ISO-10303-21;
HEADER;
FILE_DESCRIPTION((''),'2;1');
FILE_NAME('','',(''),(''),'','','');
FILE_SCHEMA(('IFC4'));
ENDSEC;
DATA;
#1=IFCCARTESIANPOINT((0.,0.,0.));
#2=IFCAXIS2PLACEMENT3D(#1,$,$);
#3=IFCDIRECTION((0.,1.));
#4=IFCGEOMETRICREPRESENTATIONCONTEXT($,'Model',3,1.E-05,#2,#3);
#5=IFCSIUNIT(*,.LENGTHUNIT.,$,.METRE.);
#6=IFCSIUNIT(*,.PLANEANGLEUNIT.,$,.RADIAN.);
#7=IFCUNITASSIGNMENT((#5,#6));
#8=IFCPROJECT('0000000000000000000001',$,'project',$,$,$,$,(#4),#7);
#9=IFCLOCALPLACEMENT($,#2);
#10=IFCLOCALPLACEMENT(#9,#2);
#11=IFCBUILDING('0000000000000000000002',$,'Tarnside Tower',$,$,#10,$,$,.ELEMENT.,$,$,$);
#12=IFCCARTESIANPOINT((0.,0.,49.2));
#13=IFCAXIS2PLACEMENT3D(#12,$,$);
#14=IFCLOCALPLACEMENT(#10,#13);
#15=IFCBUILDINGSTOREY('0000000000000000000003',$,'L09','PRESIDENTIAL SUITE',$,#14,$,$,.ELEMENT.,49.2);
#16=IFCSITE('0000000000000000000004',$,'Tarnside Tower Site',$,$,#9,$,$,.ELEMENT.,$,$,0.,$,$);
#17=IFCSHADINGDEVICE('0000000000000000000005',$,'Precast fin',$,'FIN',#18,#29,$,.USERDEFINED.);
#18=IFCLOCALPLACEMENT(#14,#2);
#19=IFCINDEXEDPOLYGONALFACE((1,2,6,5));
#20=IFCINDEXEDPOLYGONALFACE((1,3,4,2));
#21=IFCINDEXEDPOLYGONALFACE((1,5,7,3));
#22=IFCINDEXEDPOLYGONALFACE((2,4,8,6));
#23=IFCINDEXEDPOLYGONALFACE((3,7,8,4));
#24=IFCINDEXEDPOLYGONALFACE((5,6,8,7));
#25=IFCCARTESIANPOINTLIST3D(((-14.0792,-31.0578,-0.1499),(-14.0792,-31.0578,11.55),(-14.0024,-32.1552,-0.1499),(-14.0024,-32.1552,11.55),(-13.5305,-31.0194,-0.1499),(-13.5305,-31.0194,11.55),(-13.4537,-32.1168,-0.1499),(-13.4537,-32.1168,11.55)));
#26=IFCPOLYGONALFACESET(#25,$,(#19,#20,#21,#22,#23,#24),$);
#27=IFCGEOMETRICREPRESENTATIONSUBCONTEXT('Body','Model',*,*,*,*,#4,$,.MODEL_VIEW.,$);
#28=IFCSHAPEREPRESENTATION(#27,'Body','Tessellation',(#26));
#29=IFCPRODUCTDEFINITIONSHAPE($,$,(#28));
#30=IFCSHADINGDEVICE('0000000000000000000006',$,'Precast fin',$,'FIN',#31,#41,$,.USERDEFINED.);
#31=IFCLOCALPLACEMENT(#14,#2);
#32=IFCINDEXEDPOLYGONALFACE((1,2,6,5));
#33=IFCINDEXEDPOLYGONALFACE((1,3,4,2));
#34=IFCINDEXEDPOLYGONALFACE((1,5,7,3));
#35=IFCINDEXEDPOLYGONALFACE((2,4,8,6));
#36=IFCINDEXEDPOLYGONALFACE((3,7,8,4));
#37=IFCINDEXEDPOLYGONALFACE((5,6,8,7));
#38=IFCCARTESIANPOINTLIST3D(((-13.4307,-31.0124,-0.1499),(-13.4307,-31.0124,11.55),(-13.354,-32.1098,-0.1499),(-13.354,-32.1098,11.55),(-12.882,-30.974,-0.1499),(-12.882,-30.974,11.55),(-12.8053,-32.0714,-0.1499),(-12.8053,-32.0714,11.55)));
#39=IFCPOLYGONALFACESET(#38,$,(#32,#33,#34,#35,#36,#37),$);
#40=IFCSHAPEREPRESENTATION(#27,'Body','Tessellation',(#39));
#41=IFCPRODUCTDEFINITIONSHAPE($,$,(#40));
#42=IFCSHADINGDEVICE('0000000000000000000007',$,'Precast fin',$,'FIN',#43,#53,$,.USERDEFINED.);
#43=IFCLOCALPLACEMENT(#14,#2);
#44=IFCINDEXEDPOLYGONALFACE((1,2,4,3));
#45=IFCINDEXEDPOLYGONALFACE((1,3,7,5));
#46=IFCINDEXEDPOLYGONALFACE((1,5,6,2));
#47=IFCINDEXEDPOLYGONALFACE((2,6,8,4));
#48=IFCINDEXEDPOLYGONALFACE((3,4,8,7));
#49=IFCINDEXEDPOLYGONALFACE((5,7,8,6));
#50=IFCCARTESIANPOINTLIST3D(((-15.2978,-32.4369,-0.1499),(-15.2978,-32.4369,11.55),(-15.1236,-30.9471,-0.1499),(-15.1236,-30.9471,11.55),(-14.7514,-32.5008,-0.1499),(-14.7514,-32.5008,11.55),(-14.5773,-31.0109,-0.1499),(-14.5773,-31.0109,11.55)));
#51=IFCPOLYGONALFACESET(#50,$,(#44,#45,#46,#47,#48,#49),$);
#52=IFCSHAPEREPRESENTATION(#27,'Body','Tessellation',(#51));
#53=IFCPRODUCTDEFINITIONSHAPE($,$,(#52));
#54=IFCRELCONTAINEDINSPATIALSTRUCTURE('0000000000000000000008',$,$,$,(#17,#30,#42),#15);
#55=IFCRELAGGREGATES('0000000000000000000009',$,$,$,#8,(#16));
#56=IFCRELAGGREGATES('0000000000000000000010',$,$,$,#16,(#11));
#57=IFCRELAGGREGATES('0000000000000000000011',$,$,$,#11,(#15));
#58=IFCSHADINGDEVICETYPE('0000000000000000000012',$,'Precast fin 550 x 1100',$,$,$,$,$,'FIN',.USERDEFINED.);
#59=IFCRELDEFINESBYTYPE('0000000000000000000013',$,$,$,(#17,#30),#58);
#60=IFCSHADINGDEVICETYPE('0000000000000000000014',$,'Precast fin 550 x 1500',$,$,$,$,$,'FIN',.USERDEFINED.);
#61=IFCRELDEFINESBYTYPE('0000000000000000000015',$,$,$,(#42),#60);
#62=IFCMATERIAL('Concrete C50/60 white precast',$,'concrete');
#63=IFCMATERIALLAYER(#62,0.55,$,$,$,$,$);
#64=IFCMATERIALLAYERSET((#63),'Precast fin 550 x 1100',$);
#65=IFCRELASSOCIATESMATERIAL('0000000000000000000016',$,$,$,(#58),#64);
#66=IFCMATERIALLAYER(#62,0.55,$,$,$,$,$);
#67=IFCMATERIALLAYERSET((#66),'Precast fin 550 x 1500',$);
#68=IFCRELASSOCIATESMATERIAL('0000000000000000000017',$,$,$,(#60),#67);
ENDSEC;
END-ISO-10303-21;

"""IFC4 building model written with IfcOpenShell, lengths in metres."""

from ifc_helpers import new_model, si_unit, direction, frame, origin, place, context, subcontext, project, spatial, polyline, outline, extrude, material, layer, layer_set, type_object, element, save


model = new_model("IFC4")

# Units and contexts
model_context = context("Model", 3, precision=1e-05, world=origin(), true_north=direction((0.0, 1.0)))
body_context = subcontext(model_context, "Body", "Model", "MODEL_VIEW")
ifc_project = project(units=[si_unit("LENGTHUNIT", "METRE"), si_unit("PLANEANGLEUNIT", "RADIAN")], contexts=[model_context])

# Site, building, storey
site_placement = place(None, origin())
site = spatial("IfcSite", under=ifc_project, at=site_placement, Name="Tarnside Tower Site", CompositionType="ELEMENT", RefElevation=0.0)
building_placement = place(site_placement, origin())
building = spatial("IfcBuilding", under=site, at=building_placement, Name="Tarnside Tower", CompositionType="ELEMENT")
storey_placement = place(building_placement, frame((0.0, 0.0, 49.2)))
storey = spatial("IfcBuildingStorey", under=building, at=storey_placement, Name="L09", Description="PRESIDENTIAL SUITE", CompositionType="ELEMENT", Elevation=49.2)

# Shading devices
ifc_material_1 = material(Name="Concrete C50/60 white precast", Category="concrete")
ifc_layer_1 = layer(ifc_material_1, 0.55)
ifc_layer_set_1 = layer_set([ifc_layer_1], Name="Precast fin 550 x 1100")
shading_device_type_1 = type_object("IfcShadingDeviceType", Name="Precast fin 550 x 1100", ElementType="FIN", PredefinedType="USERDEFINED", material=ifc_layer_set_1)
for number, where, z_axis, x_axis, name in (
    (1, (-13.8047, -31.0386, -0.1499), (-0.997564, -0.069756, 0.0), (0.069756, -0.997564, 0.0), "Precast fin"),
    (2, (-13.1562, -30.9932, -0.1499), (-0.997564, -0.069756, 0.0), (0.069756, -0.997564, 0.0), "Precast fin"),
):
    element("IfcShadingDevice", number, at=place(storey_placement, frame(where, z_axis=z_axis, x_axis=x_axis)), inside=storey, type_object=shading_device_type_1, Name=name, ObjectType="FIN", PredefinedType="USERDEFINED", context=body_context, shape_type="SweptSolid", body=[
        extrude(outline(polyline([(0.0, 0.0), (1.1001, 0.0), (1.1001, 11.7), (0.0, 11.7), (0.0, 0.0)])), frame((0.0, 0.0, -0.2749)), (0.0, 0.0, 1.0), 0.55),
    ])
ifc_layer_2 = layer(ifc_material_1, 0.55)
ifc_layer_set_2 = layer_set([ifc_layer_2], Name="Precast fin 550 x 1500")
shading_device_type_2 = type_object("IfcShadingDeviceType", Name="Precast fin 550 x 1500", ElementType="FIN", PredefinedType="USERDEFINED", material=ifc_layer_set_2)
shading_device_placement = place(storey_placement, frame((-14.8503, -30.979, -0.1499), z_axis=(-0.993238, 0.116093, 0.0), x_axis=(-0.116093, -0.993238, 0.0)))
element("IfcShadingDevice", 3, at=shading_device_placement, inside=storey, type_object=shading_device_type_2, Name="Precast fin", ObjectType="FIN", PredefinedType="USERDEFINED", context=body_context, shape_type="SweptSolid", body=[
    extrude(outline(polyline([(0.0, 0.0), (1.5, 0.0), (1.5, 11.7), (0.0, 11.7), (0.0, 0.0)])), frame((0.0, 0.0, -0.2749)), (0.0, 0.0, 1.0), 0.55),
])

save(model, "model.ifc")
